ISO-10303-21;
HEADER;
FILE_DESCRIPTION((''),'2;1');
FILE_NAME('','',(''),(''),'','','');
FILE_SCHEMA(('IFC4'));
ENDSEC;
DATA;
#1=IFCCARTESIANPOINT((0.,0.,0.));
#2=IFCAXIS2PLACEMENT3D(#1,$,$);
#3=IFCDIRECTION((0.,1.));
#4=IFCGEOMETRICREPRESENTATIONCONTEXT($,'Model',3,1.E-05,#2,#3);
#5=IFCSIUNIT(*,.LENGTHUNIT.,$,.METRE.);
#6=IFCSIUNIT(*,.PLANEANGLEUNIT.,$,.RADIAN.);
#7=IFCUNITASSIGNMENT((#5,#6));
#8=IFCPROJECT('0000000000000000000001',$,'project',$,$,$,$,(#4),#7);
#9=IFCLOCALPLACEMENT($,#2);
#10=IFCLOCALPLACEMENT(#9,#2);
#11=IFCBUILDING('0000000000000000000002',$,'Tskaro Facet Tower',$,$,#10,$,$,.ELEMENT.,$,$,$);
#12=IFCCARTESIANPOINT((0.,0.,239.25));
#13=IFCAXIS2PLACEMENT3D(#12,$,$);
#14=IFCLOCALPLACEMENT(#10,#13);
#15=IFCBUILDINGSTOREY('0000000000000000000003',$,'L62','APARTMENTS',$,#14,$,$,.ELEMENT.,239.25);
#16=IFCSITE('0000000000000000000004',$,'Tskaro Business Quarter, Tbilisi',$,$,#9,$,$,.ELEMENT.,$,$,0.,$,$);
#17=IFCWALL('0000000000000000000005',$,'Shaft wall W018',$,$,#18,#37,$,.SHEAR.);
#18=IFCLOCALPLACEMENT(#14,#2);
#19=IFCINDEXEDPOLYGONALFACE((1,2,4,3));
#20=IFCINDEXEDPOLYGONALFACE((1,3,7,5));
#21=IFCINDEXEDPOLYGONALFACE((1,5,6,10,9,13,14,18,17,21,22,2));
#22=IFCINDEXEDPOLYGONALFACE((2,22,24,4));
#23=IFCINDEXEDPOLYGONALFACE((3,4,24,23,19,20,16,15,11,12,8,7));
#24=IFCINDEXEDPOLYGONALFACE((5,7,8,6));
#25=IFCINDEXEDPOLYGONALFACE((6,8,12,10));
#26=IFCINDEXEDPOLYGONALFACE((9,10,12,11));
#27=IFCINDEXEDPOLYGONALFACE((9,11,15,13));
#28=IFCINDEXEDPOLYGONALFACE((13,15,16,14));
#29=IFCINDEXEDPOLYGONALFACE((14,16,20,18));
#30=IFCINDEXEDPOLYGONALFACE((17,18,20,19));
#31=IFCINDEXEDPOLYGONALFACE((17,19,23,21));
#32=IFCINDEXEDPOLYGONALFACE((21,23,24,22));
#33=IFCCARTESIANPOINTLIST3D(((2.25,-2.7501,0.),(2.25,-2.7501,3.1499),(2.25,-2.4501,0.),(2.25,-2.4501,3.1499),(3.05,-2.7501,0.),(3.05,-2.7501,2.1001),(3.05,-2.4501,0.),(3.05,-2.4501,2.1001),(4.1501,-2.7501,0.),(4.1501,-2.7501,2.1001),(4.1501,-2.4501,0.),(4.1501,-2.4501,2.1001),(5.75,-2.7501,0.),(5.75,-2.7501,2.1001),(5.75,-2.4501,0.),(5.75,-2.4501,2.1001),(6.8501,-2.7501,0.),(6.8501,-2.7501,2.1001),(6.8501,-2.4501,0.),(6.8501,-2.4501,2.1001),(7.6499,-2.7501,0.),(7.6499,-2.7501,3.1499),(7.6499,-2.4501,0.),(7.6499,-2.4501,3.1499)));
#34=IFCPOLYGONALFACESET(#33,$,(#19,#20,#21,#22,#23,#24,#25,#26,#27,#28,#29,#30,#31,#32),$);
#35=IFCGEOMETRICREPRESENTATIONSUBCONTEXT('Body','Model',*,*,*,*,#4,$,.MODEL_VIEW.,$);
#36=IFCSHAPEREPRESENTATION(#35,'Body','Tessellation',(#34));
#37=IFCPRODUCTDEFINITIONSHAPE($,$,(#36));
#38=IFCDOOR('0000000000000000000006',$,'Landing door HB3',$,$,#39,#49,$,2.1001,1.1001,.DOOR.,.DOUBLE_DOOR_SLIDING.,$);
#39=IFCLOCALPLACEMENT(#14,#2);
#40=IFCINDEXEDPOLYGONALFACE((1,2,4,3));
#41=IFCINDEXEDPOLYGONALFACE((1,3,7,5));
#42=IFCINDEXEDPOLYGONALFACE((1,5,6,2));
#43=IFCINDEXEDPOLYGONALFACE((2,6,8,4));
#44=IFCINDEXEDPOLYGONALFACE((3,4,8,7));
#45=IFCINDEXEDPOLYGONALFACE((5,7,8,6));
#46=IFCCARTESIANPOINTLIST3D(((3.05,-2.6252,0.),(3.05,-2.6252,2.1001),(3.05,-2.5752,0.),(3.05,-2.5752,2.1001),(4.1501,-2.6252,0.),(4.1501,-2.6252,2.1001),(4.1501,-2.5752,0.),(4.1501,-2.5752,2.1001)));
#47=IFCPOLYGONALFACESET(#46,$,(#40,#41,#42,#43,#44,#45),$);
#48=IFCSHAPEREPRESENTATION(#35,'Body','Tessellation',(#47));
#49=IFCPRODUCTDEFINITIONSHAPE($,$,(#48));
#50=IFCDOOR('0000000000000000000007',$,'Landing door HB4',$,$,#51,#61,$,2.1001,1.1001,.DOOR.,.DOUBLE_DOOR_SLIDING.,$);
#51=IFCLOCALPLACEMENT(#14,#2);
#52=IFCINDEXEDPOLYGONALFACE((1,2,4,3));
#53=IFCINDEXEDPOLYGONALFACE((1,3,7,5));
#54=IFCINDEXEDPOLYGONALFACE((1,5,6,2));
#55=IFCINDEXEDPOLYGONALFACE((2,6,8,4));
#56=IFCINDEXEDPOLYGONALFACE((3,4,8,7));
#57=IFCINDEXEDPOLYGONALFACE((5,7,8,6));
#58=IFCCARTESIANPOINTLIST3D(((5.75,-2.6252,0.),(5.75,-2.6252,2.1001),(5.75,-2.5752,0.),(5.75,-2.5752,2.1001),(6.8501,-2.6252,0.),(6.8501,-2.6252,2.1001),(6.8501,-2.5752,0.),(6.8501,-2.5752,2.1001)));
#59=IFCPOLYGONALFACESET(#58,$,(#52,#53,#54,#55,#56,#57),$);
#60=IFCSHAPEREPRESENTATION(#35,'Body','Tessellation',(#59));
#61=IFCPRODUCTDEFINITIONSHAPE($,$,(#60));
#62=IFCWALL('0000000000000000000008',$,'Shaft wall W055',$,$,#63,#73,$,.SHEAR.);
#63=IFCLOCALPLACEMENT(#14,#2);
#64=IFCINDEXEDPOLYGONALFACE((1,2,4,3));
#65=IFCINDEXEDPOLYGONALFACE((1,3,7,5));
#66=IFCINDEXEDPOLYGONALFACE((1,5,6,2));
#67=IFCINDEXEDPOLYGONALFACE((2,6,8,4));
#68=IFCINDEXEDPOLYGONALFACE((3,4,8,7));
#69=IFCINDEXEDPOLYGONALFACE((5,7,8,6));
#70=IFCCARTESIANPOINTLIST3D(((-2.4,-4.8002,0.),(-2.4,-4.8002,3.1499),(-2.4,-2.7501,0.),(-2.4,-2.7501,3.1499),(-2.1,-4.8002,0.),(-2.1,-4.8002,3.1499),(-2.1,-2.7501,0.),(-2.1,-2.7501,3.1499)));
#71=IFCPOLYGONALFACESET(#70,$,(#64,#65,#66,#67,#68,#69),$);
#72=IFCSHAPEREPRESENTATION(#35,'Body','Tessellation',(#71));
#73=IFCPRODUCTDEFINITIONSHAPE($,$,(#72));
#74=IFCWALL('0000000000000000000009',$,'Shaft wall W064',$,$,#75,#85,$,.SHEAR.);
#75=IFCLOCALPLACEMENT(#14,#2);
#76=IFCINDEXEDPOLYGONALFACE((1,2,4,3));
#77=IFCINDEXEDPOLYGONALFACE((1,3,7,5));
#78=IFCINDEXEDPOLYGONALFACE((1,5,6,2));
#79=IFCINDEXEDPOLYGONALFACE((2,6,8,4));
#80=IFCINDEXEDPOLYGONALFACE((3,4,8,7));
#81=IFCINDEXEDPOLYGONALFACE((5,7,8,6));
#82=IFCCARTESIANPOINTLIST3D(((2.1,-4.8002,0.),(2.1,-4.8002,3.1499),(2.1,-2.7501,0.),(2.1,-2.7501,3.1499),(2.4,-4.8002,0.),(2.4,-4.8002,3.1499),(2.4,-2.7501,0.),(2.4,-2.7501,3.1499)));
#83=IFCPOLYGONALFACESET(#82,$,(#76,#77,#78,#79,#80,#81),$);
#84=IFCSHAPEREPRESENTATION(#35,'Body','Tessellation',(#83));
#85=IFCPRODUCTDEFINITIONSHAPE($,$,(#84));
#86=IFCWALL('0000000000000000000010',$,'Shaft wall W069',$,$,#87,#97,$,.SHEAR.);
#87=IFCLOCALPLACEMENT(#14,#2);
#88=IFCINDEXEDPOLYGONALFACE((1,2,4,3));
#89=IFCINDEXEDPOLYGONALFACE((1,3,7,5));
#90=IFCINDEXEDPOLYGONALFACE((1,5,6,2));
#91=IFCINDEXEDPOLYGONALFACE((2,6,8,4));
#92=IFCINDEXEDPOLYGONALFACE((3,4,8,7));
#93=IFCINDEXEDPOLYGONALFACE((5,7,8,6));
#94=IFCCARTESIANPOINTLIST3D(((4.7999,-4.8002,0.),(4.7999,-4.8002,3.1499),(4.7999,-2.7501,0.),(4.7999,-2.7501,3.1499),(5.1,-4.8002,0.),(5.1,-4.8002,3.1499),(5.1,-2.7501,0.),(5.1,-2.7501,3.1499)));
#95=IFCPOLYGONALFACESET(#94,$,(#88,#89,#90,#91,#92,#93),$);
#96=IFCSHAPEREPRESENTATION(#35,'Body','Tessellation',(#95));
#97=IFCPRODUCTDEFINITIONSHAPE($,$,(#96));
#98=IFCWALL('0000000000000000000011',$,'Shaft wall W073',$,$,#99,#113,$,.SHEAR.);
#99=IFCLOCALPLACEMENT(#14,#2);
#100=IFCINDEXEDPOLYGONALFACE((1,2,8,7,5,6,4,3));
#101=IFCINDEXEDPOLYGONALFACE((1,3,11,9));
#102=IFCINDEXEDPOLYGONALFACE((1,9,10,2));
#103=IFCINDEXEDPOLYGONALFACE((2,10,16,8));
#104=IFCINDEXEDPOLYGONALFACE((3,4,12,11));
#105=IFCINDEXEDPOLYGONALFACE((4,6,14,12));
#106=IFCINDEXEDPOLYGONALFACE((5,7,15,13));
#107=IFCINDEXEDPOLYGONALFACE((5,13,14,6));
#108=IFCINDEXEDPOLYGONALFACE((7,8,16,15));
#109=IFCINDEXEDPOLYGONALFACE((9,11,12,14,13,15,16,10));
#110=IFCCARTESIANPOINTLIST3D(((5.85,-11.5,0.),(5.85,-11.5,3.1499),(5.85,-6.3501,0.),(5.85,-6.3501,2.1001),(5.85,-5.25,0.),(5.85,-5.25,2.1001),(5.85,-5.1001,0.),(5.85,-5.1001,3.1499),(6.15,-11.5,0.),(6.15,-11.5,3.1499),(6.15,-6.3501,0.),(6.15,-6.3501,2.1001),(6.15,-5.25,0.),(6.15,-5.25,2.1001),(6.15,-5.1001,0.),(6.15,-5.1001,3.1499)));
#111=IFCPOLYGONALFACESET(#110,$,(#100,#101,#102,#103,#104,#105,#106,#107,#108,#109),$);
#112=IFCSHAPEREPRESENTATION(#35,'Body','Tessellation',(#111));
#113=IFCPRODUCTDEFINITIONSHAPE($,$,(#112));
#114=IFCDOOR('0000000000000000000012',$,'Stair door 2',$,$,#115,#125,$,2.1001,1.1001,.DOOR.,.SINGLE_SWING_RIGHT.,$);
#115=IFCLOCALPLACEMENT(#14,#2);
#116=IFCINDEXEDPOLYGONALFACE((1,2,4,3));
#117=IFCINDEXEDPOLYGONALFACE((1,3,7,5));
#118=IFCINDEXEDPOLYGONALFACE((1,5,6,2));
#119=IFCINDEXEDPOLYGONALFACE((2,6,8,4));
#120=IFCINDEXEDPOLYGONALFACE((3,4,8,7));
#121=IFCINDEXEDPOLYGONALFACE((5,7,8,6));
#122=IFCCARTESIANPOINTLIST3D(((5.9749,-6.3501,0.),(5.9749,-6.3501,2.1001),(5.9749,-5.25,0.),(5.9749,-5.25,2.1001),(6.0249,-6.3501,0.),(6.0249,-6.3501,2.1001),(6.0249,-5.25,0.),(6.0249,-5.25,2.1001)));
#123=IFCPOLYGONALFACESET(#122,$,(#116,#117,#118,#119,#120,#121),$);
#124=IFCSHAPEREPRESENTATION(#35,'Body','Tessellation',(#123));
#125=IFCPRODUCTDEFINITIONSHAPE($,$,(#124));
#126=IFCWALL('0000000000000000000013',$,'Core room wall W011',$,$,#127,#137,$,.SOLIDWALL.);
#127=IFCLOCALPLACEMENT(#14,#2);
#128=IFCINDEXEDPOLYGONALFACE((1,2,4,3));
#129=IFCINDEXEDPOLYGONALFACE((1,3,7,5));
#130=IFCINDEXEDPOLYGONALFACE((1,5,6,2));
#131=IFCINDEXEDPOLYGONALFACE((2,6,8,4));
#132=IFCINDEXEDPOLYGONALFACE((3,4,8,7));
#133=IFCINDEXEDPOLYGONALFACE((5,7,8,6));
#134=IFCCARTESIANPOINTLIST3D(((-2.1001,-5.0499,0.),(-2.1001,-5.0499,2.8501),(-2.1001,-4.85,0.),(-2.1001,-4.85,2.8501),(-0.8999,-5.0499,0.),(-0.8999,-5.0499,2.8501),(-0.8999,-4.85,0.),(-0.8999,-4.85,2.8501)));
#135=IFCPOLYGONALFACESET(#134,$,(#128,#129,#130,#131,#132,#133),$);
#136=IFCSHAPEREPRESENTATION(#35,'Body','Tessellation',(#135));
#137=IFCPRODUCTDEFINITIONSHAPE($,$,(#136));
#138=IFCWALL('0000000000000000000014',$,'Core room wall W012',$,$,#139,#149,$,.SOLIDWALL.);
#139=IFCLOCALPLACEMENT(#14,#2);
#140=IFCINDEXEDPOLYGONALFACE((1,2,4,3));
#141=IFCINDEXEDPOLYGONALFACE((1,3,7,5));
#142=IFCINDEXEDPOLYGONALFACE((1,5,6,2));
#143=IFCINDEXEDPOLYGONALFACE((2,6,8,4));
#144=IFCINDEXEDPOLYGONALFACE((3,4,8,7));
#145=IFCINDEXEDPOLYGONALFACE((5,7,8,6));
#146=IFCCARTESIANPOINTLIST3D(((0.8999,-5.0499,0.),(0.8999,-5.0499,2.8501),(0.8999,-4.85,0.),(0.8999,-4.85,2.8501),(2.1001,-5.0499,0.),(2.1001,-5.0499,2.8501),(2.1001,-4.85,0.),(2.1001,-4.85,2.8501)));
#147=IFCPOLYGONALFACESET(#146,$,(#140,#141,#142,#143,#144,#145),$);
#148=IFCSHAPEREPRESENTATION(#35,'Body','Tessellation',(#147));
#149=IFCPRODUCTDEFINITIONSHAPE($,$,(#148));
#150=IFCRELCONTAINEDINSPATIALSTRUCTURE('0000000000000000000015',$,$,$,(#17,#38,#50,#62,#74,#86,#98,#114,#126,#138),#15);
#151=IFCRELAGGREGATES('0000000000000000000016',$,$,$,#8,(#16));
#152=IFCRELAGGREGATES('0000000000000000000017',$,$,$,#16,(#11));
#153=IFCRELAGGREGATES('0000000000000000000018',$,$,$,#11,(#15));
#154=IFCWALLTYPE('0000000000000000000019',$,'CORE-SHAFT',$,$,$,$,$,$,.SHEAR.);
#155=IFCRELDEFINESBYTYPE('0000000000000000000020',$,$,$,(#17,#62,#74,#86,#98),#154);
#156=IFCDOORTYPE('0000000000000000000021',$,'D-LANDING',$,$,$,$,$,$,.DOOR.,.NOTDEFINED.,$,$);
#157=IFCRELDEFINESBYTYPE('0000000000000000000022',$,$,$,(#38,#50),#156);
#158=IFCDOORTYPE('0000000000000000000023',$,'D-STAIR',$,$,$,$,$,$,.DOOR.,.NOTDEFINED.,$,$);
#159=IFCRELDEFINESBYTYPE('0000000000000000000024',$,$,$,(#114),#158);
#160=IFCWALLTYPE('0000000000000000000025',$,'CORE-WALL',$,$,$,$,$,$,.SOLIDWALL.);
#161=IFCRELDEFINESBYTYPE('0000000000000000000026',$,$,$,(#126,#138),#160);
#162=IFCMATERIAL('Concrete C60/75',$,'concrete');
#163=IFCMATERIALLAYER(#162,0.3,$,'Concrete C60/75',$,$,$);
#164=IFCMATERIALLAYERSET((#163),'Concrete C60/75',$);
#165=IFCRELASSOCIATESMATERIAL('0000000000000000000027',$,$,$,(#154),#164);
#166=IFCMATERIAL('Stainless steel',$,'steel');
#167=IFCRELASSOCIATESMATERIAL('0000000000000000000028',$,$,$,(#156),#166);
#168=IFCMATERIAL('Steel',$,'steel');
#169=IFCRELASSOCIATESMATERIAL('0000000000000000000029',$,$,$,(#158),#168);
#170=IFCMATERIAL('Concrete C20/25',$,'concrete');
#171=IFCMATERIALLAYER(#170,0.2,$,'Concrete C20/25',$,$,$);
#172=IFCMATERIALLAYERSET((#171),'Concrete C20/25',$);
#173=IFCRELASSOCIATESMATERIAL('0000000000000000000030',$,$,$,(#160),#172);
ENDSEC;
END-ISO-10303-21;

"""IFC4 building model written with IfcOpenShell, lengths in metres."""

from ifc_helpers import new_model, si_unit, direction, frame, frame_2d, origin, place, context, subcontext, project, spatial, rectangle, extrude, material, layer, layer_set, type_object, element, fill, save


model = new_model("IFC4")

# Units and contexts
model_context = context("Model", 3, precision=1e-05, world=origin(), true_north=direction((0.0, 1.0)))
body_context = subcontext(model_context, "Body", "Model", "MODEL_VIEW")
ifc_project = project(units=[si_unit("LENGTHUNIT", "METRE"), si_unit("PLANEANGLEUNIT", "RADIAN")], contexts=[model_context])

# Site, building, storey
site_placement = place(None, origin())
site = spatial("IfcSite", under=ifc_project, at=site_placement, Name="Tskaro Business Quarter, Tbilisi", CompositionType="ELEMENT", RefElevation=0.0)
building_placement = place(site_placement, origin())
building = spatial("IfcBuilding", under=site, at=building_placement, Name="Tskaro Facet Tower", CompositionType="ELEMENT")
storey_placement = place(building_placement, frame((0.0, 0.0, 239.25)))
storey = spatial("IfcBuildingStorey", under=building, at=storey_placement, Name="L62", Description="APARTMENTS", CompositionType="ELEMENT", Elevation=239.25)

# Shared definitions
ifc_material_1 = material(Name="Concrete C60/75", Category="concrete")

# Shared definitions
ifc_layer_1 = layer(ifc_material_1, 0.3, Name="Concrete C60/75")
ifc_layer_set_1 = layer_set([ifc_layer_1], Name="Concrete C60/75")
wall_type_1 = type_object("IfcWallType", Name="CORE-SHAFT", PredefinedType="SHEAR", material=ifc_layer_set_1)

# Wall, openings, doors
wall_1_placement = place(storey_placement, frame((2.25, -2.6001, 0.0), z_axis=(0.0, 0.0, 1.0), x_axis=(1.0, 0.0, 0.0)))
wall_1 = element("IfcWall", 1, at=wall_1_placement, inside=storey, type_object=wall_type_1, Name="Shaft wall W018", PredefinedType="SHEAR", context=body_context, shape_type="SweptSolid", body=[
    extrude(rectangle(XDim=5.3999, YDim=0.3, at=frame_2d((2.7, 0.0))), origin(), (0.0, 0.0, 1.0), 3.1499),
])
opening_1_placement = place(wall_1_placement, frame((0.8, 0.0, 0.0)))
opening_1 = element("IfcOpeningElement", 2, at=opening_1_placement, cuts=wall_1, PredefinedType="OPENING", context=body_context, shape_type="SweptSolid", body=[
    extrude(rectangle(XDim=1.1001, YDim=2.1001, at=frame_2d((0.55, 1.05))), frame((0.0, 0.1599, 0.0), z_axis=(0.0, -1.0, 0.0), x_axis=(1.0, 0.0, 0.0)), (0.0, 0.0, 1.0), 0.3201),
])
opening_2_placement = place(wall_1_placement, frame((3.5, 0.0, 0.0)))
opening_2 = element("IfcOpeningElement", 3, at=opening_2_placement, cuts=wall_1, PredefinedType="OPENING", context=body_context, shape_type="SweptSolid", body=[
    extrude(rectangle(XDim=1.1001, YDim=2.1001, at=frame_2d((0.55, 1.05))), frame((0.0, 0.1599, 0.0), z_axis=(0.0, -1.0, 0.0), x_axis=(1.0, 0.0, 0.0)), (0.0, 0.0, 1.0), 0.3201),
])
ifc_material_2 = material(Name="Stainless steel", Category="steel")
door_type_1 = type_object("IfcDoorType", Name="D-LANDING", OperationType="NOTDEFINED", PredefinedType="DOOR", material=ifc_material_2)
door_1_placement = place(opening_1_placement, origin())
door_1 = element("IfcDoor", 4, at=door_1_placement, inside=storey, type_object=door_type_1, Name="Landing door HB3", OperationType="DOUBLE_DOOR_SLIDING", OverallHeight=2.1001, OverallWidth=1.1001, PredefinedType="DOOR", context=body_context, shape_type="SweptSolid", body=[
    extrude(rectangle(XDim=1.1001, YDim=2.1001, at=frame_2d((0.55, 1.05))), frame((0.0, 0.0249, 0.0), z_axis=(0.0, -1.0, 0.0), x_axis=(1.0, 0.0, 0.0)), (0.0, 0.0, 1.0), 0.05),
])
fill(opening_1, door_1)
door_2_placement = place(opening_2_placement, origin())
door_2 = element("IfcDoor", 5, at=door_2_placement, inside=storey, type_object=door_type_1, Name="Landing door HB4", OperationType="DOUBLE_DOOR_SLIDING", OverallHeight=2.1001, OverallWidth=1.1001, PredefinedType="DOOR", context=body_context, shape_type="SweptSolid", body=[
    extrude(rectangle(XDim=1.1001, YDim=2.1001, at=frame_2d((0.55, 1.05))), frame((0.0, 0.0249, 0.0), z_axis=(0.0, -1.0, 0.0), x_axis=(1.0, 0.0, 0.0)), (0.0, 0.0, 1.0), 0.05),
])
fill(opening_2, door_2)

# Walls
for number, where, z_axis, x_axis, name in (
    (6, (-2.25, -4.8, 0.0), (0.0, 0.0, 1.0), (0.0, 1.0, 0.0), "Shaft wall W055"),
    (7, (2.25, -4.8, 0.0), (0.0, 0.0, 1.0), (0.0, 1.0, 0.0), "Shaft wall W064"),
    (8, (4.95, -4.8, 0.0), (0.0, 0.0, 1.0), (0.0, 1.0, 0.0), "Shaft wall W069"),
):
    element("IfcWall", number, at=place(storey_placement, frame(where, z_axis=z_axis, x_axis=x_axis)), inside=storey, type_object=wall_type_1, Name=name, PredefinedType="SHEAR", context=body_context, shape_type="SweptSolid", body=[
        extrude(rectangle(XDim=2.05, YDim=0.3, at=frame_2d((1.0249, 0.0))), origin(), (0.0, 0.0, 1.0), 3.1499),
    ])

# Wall, opening, door
wall_2_placement = place(storey_placement, frame((6.0, -5.1001, 0.0), z_axis=(0.0, 0.0, 1.0), x_axis=(0.0, -1.0, 0.0)))
wall_2 = element("IfcWall", 9, at=wall_2_placement, inside=storey, type_object=wall_type_1, Name="Shaft wall W073", PredefinedType="SHEAR", context=body_context, shape_type="SweptSolid", body=[
    extrude(rectangle(XDim=6.3999, YDim=0.3, at=frame_2d((3.2, 0.0))), origin(), (0.0, 0.0, 1.0), 3.1499),
])
opening_3_placement = place(wall_2_placement, frame((0.1499, 0.0, 0.0)))
opening_3 = element("IfcOpeningElement", 10, at=opening_3_placement, cuts=wall_2, PredefinedType="OPENING", context=body_context, shape_type="SweptSolid", body=[
    extrude(rectangle(XDim=1.1001, YDim=2.1001, at=frame_2d((0.55, 1.05))), frame((0.0, 0.1599, 0.0), z_axis=(0.0, -1.0, 0.0), x_axis=(1.0, 0.0, 0.0)), (0.0, 0.0, 1.0), 0.3201),
])
ifc_material_3 = material(Name="Steel", Category="steel")
door_type_2 = type_object("IfcDoorType", Name="D-STAIR", OperationType="NOTDEFINED", PredefinedType="DOOR", material=ifc_material_3)
door_3_placement = place(opening_3_placement, origin())
door_3 = element("IfcDoor", 11, at=door_3_placement, inside=storey, type_object=door_type_2, Name="Stair door 2", OperationType="SINGLE_SWING_RIGHT", OverallHeight=2.1001, OverallWidth=1.1001, PredefinedType="DOOR", context=body_context, shape_type="SweptSolid", body=[
    extrude(rectangle(XDim=1.1001, YDim=2.1001, at=frame_2d((0.55, 1.05))), frame((0.0, 0.0249, 0.0), z_axis=(0.0, -1.0, 0.0), x_axis=(1.0, 0.0, 0.0)), (0.0, 0.0, 1.0), 0.05),
])
fill(opening_3, door_3)

# Walls
ifc_material_4 = material(Name="Concrete C20/25", Category="concrete")
ifc_layer_2 = layer(ifc_material_4, 0.2, Name="Concrete C20/25")
ifc_layer_set_2 = layer_set([ifc_layer_2], Name="Concrete C20/25")
wall_type_2 = type_object("IfcWallType", Name="CORE-WALL", PredefinedType="SOLIDWALL", material=ifc_layer_set_2)
for number, where, z_axis, x_axis, name in (
    (12, (-2.1001, -4.95, 0.0), (0.0, 0.0, 1.0), (1.0, 0.0, 0.0), "Core room wall W011"),
    (13, (0.8999, -4.95, 0.0), (0.0, 0.0, 1.0), (1.0, 0.0, 0.0), "Core room wall W012"),
):
    element("IfcWall", number, at=place(storey_placement, frame(where, z_axis=z_axis, x_axis=x_axis)), inside=storey, type_object=wall_type_2, Name=name, PredefinedType="SOLIDWALL", context=body_context, shape_type="SweptSolid", body=[
        extrude(rectangle(XDim=1.2002, YDim=0.2, at=frame_2d((0.6001, 0.0))), origin(), (0.0, 0.0, 1.0), 2.8501),
    ])

save(model, "model.ifc")
